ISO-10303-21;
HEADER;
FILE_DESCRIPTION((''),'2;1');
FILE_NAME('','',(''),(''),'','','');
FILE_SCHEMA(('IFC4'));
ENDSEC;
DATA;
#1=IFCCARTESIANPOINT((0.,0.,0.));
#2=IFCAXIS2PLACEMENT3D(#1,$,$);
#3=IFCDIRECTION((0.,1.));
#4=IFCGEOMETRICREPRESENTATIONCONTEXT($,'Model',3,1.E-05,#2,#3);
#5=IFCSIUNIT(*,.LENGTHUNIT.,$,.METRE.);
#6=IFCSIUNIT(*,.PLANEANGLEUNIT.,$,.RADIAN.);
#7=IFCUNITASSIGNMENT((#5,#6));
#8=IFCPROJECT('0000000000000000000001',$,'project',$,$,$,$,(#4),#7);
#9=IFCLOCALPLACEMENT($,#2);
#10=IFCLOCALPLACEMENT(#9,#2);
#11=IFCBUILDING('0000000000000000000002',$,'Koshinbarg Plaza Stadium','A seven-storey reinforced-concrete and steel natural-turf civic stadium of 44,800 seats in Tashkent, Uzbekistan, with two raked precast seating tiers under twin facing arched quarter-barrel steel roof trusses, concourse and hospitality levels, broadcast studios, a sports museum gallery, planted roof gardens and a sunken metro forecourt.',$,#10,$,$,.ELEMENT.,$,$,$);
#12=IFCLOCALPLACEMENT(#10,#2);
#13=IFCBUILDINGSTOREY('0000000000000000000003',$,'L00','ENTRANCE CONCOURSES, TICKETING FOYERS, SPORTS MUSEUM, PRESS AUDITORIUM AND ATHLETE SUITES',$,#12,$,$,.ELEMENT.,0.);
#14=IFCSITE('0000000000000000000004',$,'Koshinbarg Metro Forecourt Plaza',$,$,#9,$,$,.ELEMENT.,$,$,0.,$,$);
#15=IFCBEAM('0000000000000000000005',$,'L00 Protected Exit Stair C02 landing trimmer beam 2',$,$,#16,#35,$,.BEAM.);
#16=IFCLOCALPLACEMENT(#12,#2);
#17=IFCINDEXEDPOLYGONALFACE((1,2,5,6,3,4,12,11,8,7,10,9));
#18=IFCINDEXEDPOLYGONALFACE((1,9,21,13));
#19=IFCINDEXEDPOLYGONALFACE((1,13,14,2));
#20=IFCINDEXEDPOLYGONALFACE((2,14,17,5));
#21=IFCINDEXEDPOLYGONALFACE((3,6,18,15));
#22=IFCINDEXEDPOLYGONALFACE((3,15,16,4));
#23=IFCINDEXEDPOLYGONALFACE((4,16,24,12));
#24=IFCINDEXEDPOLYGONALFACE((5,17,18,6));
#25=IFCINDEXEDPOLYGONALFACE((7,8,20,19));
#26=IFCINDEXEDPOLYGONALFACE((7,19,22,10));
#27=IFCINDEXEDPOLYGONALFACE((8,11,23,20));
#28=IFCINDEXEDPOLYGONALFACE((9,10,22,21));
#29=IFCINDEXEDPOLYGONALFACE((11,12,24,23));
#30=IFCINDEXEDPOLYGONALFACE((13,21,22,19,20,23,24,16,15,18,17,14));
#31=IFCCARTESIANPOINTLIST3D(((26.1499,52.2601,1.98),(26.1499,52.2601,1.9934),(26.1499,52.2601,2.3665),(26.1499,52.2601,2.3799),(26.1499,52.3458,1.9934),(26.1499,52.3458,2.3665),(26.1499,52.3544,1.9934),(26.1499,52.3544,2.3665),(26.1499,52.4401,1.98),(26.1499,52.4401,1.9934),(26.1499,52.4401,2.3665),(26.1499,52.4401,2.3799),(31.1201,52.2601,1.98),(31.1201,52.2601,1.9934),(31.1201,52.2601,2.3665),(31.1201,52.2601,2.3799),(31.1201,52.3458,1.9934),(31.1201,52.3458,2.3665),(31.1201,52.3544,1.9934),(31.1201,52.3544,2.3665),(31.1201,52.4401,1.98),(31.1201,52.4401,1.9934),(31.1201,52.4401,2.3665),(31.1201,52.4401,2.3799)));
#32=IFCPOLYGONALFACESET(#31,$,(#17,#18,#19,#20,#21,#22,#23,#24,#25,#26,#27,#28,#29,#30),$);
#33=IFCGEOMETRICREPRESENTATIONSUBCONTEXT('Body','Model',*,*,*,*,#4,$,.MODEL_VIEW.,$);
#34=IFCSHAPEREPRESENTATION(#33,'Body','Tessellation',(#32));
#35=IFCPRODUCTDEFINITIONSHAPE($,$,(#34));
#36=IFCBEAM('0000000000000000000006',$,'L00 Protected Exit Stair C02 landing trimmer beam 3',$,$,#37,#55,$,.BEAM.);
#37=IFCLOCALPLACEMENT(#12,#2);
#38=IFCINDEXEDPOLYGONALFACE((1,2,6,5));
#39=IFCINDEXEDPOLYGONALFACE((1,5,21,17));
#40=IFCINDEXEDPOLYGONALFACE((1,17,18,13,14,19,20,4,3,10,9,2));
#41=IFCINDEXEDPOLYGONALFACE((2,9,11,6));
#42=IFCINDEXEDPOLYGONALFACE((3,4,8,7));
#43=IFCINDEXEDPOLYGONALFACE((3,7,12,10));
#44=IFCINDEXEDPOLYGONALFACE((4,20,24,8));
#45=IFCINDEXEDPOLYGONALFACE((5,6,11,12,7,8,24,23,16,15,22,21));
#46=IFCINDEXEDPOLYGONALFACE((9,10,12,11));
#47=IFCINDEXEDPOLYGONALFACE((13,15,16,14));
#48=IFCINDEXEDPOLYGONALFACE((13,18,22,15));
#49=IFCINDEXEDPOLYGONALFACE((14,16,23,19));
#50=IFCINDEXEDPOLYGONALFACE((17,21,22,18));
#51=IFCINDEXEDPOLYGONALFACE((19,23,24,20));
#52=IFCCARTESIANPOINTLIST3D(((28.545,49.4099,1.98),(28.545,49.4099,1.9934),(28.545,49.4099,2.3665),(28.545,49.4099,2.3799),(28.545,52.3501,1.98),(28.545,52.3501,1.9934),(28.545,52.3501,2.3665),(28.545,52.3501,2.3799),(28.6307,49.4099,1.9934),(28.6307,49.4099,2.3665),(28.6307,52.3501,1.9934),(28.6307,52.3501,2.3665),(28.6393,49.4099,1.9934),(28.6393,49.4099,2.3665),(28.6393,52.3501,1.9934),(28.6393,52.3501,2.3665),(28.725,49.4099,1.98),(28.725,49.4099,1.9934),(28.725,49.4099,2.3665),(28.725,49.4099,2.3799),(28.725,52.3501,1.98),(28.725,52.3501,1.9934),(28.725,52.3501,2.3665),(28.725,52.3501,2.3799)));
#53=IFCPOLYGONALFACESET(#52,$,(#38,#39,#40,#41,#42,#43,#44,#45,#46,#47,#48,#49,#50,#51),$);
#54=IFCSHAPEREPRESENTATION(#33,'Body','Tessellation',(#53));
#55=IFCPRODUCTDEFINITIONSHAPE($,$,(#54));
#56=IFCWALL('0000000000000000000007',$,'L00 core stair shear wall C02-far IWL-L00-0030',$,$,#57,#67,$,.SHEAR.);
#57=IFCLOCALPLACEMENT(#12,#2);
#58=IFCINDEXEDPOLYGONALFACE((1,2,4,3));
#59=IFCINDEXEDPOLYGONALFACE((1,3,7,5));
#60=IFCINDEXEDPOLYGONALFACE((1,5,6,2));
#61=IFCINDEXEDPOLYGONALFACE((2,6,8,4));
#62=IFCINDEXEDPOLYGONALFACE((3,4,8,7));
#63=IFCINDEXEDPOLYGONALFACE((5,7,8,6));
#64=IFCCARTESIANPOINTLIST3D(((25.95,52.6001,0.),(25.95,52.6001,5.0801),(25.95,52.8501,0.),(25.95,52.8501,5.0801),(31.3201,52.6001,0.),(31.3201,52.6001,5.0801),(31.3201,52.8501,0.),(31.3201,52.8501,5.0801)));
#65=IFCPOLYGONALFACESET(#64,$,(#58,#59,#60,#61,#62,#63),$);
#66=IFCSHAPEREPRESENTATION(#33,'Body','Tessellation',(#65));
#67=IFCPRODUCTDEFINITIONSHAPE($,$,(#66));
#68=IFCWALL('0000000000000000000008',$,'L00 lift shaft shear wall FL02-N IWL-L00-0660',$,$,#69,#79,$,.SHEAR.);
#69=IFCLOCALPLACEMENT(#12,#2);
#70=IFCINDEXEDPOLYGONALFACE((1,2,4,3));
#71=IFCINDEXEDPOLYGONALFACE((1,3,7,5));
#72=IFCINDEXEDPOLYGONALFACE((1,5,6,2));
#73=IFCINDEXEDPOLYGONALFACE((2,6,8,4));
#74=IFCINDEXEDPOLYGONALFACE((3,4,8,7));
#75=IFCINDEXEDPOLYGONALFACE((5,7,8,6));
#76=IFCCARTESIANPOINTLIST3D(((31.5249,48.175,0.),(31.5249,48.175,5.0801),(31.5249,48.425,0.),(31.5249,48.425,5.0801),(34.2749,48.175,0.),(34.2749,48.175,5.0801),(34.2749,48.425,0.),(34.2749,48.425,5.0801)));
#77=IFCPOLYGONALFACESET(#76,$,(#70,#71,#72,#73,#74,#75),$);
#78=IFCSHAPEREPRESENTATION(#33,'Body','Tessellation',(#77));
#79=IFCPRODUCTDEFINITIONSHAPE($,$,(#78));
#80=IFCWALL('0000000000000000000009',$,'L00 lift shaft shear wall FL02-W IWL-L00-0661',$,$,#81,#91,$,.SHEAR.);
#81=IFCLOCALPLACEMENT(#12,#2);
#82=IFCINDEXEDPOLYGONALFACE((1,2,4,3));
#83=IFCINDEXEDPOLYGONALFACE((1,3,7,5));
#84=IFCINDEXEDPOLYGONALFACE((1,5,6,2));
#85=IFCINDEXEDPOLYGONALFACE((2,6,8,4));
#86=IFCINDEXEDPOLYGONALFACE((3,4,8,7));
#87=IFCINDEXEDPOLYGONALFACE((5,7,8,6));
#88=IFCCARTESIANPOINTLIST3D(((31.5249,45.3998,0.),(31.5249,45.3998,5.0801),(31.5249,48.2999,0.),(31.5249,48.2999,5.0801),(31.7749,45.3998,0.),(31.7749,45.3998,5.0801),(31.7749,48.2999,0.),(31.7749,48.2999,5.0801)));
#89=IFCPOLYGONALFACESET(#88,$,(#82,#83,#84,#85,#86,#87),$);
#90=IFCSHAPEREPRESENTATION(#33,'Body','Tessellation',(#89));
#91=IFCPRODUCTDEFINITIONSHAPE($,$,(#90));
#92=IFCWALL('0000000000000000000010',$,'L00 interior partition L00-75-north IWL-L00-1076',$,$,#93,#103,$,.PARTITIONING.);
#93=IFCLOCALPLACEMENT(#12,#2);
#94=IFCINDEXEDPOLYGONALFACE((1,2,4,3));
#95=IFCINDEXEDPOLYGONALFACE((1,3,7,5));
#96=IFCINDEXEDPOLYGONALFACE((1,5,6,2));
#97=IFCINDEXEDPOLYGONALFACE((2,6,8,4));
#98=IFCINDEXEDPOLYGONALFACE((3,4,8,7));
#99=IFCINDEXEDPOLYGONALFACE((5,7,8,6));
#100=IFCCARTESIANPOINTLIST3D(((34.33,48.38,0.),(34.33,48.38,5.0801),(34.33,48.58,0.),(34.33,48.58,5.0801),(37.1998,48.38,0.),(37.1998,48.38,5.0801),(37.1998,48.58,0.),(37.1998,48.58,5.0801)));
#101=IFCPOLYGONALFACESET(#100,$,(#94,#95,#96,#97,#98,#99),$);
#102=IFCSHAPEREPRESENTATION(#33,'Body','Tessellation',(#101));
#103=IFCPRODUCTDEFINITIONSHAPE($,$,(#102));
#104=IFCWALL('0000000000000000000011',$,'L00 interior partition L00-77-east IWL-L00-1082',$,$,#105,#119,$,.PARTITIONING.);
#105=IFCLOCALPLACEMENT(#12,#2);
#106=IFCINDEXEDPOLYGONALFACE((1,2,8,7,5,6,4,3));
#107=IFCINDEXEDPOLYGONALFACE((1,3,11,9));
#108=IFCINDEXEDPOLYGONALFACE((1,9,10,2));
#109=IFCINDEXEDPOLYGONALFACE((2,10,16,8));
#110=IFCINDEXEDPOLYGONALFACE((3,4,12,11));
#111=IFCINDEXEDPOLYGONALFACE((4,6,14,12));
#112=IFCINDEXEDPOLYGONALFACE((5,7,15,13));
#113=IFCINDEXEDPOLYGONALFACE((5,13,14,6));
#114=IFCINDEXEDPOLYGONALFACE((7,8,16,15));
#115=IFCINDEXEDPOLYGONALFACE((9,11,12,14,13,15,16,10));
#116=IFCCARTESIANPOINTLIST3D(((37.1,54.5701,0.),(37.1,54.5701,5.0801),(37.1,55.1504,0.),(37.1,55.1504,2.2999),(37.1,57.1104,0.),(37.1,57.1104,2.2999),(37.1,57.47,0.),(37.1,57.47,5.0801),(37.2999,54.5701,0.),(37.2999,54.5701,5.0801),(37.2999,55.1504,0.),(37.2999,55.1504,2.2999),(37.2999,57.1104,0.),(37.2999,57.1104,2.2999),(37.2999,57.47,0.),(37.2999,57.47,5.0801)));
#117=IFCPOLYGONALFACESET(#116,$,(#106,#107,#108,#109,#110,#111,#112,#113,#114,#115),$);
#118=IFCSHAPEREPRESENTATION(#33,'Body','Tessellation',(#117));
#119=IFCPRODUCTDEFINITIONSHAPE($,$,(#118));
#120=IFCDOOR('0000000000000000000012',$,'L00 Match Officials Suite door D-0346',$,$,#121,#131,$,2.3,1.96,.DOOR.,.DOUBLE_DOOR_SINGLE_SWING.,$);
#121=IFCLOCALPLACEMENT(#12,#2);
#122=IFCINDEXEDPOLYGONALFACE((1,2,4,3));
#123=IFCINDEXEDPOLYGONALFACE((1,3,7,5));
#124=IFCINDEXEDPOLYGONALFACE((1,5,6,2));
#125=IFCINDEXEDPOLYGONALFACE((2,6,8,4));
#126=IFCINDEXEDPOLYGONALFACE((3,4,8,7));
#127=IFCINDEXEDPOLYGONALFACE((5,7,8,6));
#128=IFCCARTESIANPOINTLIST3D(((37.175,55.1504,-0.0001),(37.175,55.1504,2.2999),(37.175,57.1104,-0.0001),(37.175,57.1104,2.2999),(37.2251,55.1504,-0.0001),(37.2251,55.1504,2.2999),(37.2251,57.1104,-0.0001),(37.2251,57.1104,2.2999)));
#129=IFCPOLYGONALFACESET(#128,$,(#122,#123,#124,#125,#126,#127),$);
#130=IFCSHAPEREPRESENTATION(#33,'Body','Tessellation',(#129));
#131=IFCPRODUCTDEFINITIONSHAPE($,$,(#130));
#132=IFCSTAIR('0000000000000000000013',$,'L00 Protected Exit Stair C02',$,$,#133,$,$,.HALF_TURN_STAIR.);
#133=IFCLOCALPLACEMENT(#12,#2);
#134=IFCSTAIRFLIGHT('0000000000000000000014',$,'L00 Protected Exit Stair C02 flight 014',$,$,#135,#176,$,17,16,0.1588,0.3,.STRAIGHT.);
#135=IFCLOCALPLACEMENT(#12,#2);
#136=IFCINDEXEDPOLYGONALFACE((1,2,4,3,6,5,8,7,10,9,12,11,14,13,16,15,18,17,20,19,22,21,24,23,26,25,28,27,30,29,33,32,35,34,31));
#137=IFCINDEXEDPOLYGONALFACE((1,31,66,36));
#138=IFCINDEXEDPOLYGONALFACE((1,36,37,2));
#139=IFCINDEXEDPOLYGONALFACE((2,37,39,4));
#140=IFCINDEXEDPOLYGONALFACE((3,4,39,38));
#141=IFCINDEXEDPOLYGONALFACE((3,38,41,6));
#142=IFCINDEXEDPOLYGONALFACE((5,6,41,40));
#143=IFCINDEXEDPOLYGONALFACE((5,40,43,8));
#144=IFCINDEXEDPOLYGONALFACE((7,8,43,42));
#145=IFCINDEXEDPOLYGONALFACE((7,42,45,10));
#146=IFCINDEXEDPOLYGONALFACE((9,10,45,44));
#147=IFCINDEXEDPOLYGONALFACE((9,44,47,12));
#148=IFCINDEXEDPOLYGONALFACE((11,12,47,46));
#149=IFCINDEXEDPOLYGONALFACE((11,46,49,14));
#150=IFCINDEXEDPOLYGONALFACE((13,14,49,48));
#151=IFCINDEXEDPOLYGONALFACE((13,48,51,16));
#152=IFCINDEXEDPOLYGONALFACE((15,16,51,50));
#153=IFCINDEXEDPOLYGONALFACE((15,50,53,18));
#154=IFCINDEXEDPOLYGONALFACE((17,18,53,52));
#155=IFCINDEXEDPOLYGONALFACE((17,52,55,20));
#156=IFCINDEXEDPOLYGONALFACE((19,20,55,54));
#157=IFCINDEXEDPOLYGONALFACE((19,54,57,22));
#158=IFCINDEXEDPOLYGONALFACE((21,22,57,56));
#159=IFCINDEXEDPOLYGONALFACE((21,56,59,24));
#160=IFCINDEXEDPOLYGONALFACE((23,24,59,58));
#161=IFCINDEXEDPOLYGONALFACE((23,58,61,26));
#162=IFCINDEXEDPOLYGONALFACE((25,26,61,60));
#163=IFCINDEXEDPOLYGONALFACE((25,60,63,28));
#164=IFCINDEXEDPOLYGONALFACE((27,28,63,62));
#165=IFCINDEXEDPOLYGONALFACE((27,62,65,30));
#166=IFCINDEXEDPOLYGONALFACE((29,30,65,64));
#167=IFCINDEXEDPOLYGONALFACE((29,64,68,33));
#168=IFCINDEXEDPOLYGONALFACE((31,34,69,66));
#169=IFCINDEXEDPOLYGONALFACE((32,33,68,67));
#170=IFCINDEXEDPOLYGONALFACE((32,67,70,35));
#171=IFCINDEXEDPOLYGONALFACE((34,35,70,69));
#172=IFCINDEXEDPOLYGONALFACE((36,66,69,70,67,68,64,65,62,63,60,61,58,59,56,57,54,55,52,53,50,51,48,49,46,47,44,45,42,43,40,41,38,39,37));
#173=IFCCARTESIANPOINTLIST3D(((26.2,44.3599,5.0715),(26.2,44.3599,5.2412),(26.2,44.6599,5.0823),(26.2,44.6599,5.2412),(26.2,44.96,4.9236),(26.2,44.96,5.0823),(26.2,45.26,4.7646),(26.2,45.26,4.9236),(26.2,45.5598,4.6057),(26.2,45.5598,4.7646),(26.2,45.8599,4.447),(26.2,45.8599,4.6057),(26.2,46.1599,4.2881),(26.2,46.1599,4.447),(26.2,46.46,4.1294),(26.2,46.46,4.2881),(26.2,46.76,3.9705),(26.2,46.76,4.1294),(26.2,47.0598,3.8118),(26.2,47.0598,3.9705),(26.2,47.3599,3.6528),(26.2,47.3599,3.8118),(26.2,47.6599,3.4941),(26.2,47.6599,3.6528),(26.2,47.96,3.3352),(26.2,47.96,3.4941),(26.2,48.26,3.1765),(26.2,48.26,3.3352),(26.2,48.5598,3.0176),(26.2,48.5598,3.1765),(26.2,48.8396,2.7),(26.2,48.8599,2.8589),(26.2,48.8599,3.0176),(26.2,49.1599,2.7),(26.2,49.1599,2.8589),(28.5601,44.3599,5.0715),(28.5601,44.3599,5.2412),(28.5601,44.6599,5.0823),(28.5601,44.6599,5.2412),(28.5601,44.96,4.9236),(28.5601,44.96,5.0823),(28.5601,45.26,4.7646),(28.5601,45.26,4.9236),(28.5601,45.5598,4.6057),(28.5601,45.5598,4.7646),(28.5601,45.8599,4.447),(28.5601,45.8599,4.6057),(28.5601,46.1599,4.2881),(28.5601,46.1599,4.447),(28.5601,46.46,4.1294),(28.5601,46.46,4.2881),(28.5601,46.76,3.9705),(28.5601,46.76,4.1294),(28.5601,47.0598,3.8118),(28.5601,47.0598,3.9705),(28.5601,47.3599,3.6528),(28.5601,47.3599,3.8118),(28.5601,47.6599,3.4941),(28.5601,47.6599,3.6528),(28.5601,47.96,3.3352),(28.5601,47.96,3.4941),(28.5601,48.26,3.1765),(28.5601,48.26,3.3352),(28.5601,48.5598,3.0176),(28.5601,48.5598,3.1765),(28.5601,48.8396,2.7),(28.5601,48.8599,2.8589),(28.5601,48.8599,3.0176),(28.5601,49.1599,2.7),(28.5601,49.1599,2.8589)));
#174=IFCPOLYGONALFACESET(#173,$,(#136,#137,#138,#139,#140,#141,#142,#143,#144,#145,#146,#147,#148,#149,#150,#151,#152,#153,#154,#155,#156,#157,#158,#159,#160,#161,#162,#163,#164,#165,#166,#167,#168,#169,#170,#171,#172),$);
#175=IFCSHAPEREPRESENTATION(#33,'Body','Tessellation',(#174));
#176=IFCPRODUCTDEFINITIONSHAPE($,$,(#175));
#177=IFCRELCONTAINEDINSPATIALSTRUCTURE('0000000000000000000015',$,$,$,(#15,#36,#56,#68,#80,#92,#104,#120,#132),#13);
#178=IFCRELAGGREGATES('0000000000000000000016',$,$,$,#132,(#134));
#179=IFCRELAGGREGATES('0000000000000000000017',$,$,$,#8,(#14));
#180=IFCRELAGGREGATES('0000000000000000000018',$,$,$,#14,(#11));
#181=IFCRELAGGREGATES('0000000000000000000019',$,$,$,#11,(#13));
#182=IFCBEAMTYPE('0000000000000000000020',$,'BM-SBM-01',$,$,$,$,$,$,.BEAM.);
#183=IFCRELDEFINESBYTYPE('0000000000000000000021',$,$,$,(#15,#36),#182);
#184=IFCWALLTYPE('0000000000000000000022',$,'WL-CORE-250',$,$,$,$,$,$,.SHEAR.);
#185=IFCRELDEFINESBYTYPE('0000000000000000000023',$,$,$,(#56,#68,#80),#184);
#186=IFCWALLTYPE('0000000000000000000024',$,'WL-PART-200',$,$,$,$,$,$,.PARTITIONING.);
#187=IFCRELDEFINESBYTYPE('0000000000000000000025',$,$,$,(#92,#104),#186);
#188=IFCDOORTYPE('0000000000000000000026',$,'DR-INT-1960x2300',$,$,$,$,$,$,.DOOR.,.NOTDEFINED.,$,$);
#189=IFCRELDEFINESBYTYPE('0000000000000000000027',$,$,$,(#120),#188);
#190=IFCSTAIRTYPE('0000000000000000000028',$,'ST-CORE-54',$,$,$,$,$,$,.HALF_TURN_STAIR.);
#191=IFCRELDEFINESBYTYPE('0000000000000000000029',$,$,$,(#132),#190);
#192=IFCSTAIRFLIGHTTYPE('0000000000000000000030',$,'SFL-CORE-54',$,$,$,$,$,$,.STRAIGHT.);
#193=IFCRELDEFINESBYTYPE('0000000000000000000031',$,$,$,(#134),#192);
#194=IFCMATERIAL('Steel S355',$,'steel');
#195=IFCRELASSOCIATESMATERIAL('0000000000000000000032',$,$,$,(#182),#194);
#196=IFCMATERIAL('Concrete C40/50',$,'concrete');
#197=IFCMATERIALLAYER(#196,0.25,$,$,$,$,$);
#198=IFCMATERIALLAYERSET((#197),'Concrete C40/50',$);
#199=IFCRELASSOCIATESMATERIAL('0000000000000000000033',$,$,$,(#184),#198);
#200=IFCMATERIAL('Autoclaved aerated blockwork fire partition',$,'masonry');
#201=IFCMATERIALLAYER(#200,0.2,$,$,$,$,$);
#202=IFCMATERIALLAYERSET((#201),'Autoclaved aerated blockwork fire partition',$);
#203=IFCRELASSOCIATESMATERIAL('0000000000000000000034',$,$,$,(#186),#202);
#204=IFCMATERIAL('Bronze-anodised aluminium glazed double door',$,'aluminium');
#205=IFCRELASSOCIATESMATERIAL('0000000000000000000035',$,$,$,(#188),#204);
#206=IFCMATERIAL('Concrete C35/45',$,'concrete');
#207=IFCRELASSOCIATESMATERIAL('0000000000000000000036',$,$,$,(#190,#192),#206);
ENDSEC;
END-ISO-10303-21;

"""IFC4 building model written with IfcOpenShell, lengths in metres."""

from ifc_helpers import new_model, si_unit, direction, frame, frame_2d, origin, origin_2d, place, context, subcontext, project, spatial, polyline, rectangle, i_section, outline, extrude, material, layer, layer_set, material_profile, profile_set, type_object, element, fill, aggregate, save


model = new_model("IFC4")

# Units and contexts
model_context = context("Model", 3, precision=1e-05, world=origin(), true_north=direction((0.0, 1.0)))
body_context = subcontext(model_context, "Body", "Model", "MODEL_VIEW")
ifc_project = project(units=[si_unit("LENGTHUNIT", "METRE"), si_unit("PLANEANGLEUNIT", "RADIAN")], contexts=[model_context])

# Site, building, storey
site_placement = place(None, origin())
site = spatial("IfcSite", under=ifc_project, at=site_placement, Name="Koshinbarg Metro Forecourt Plaza", CompositionType="ELEMENT", RefElevation=0.0)
building_placement = place(site_placement, origin())
building = spatial("IfcBuilding", under=site, at=building_placement, Name="Koshinbarg Plaza Stadium", Description="A seven-storey reinforced-concrete and steel natural-turf civic stadium of 44,800 seats in Tashkent, Uzbekistan, with two raked precast seating tiers under twin facing arched quarter-barrel steel roof trusses, concourse and hospitality levels, broadcast studios, a sports museum gallery, planted roof gardens and a sunken metro forecourt.", CompositionType="ELEMENT")
storey_placement = place(building_placement, origin())
storey = spatial("IfcBuildingStorey", under=building, at=storey_placement, Name="L00", Description="ENTRANCE CONCOURSES, TICKETING FOYERS, SPORTS MUSEUM, PRESS AUDITORIUM AND ATHLETE SUITES", CompositionType="ELEMENT", Elevation=0.0)

# Shared definitions
ifc_material_1 = material(Name="Concrete C35/45", Category="concrete")

# Shared definitions
ifc_material_2 = material(Name="Concrete C40/50", Category="concrete")

# Beams
ifc_material_3 = material(Name="Steel S355", Category="steel")
ifc_material_profile_1 = material_profile(ifc_material_3, i_section(OverallWidth=0.1799, OverallDepth=0.3999, WebThickness=0.0085, FlangeThickness=0.0134, at=origin_2d()), Name="IPE 400")
ifc_profile_set_1 = profile_set([ifc_material_profile_1], Name="Steel S355")
beam_type = type_object("IfcBeamType", Name="BM-SBM-01", PredefinedType="BEAM", material=ifc_profile_set_1)
for number, where, z_axis, x_axis, name in (
    (1, (26.1499, 52.3501, 2.1799), (1.0, 0.0, 0.0), (0.0, 1.0, 0.0), "L00 Protected Exit Stair C02 landing trimmer beam 2"),
):
    element("IfcBeam", number, at=place(storey_placement, frame(where, z_axis=z_axis, x_axis=x_axis)), inside=storey, type_object=beam_type, Name=name, PredefinedType="BEAM", context=body_context, shape_type="SweptSolid", body=[
        extrude(i_section(OverallWidth=0.1799, OverallDepth=0.3999, WebThickness=0.0085, FlangeThickness=0.0134, at=origin_2d()), origin(), (0.0, 0.0, 1.0), 4.9702),
    ])
beam_placement = place(storey_placement, frame((28.635, 49.4099, 2.1799), z_axis=(0.0, 1.0, 0.0), x_axis=(-1.0, 0.0, 0.0)))
element("IfcBeam", 2, at=beam_placement, inside=storey, type_object=beam_type, Name="L00 Protected Exit Stair C02 landing trimmer beam 3", PredefinedType="BEAM", context=body_context, shape_type="SweptSolid", body=[
    extrude(i_section(OverallWidth=0.1799, OverallDepth=0.3999, WebThickness=0.0085, FlangeThickness=0.0134, at=origin_2d()), origin(), (0.0, 0.0, 1.0), 2.9402),
])

# Walls
ifc_layer_1 = layer(ifc_material_2, 0.25)
ifc_layer_set_1 = layer_set([ifc_layer_1], Name="Concrete C40/50")
wall_type_1 = type_object("IfcWallType", Name="WL-CORE-250", PredefinedType="SHEAR", material=ifc_layer_set_1)
wall_1_placement = place(storey_placement, frame((31.3201, 52.7251, 0.0), z_axis=(0.0, 0.0, 1.0), x_axis=(-1.0, 0.0, 0.0)))
element("IfcWall", 3, at=wall_1_placement, inside=storey, type_object=wall_type_1, Name="L00 core stair shear wall C02-far IWL-L00-0030", PredefinedType="SHEAR", context=body_context, shape_type="SweptSolid", body=[
    extrude(rectangle(XDim=5.3701, YDim=0.25, at=frame_2d((2.6851, 0.0))), origin(), (0.0, 0.0, 1.0), 5.0801),
])
wall_2_placement = place(storey_placement, frame((34.2749, 48.3, 0.0), z_axis=(0.0, 0.0, 1.0), x_axis=(-1.0, 0.0, 0.0)))
element("IfcWall", 4, at=wall_2_placement, inside=storey, type_object=wall_type_1, Name="L00 lift shaft shear wall FL02-N IWL-L00-0660", PredefinedType="SHEAR", context=body_context, shape_type="SweptSolid", body=[
    extrude(rectangle(XDim=2.75, YDim=0.25, at=frame_2d((1.375, 0.0))), origin(), (0.0, 0.0, 1.0), 5.0801),
])
wall_3_placement = place(storey_placement, frame((31.6499, 48.3, 0.0), z_axis=(0.0, 0.0, 1.0), x_axis=(0.0, -1.0, 0.0)))
element("IfcWall", 5, at=wall_3_placement, inside=storey, type_object=wall_type_1, Name="L00 lift shaft shear wall FL02-W IWL-L00-0661", PredefinedType="SHEAR", context=body_context, shape_type="SweptSolid", body=[
    extrude(rectangle(XDim=2.9001, YDim=0.25, at=frame_2d((1.4502, 0.0))), origin(), (0.0, 0.0, 1.0), 5.0801),
])
ifc_material_4 = material(Name="Autoclaved aerated blockwork fire partition", Category="masonry")
ifc_layer_2 = layer(ifc_material_4, 0.2)
ifc_layer_set_2 = layer_set([ifc_layer_2], Name="Autoclaved aerated blockwork fire partition")
wall_type_2 = type_object("IfcWallType", Name="WL-PART-200", PredefinedType="PARTITIONING", material=ifc_layer_set_2)
wall_4_placement = place(storey_placement, frame((37.2, 48.48, 0.0), z_axis=(0.0, 0.0, 1.0), x_axis=(-1.0, 0.0, 0.0)))
element("IfcWall", 6, at=wall_4_placement, inside=storey, type_object=wall_type_2, Name="L00 interior partition L00-75-north IWL-L00-1076", PredefinedType="PARTITIONING", context=body_context, shape_type="SweptSolid", body=[
    extrude(rectangle(XDim=2.8699, YDim=0.2, at=frame_2d((1.4351, 0.0))), origin(), (0.0, 0.0, 1.0), 5.0801),
])

# Wall, opening, door
wall_5_placement = place(storey_placement, frame((37.2, 54.5701, 0.0), z_axis=(0.0, 0.0, 1.0), x_axis=(0.0, 1.0, 0.0)))
wall_5 = element("IfcWall", 7, at=wall_5_placement, inside=storey, type_object=wall_type_2, Name="L00 interior partition L00-77-east IWL-L00-1082", PredefinedType="PARTITIONING", context=body_context, shape_type="SweptSolid", body=[
    extrude(rectangle(XDim=2.8999, YDim=0.2, at=frame_2d((1.45, 0.0))), origin(), (0.0, 0.0, 1.0), 5.0801),
])
opening_placement = place(wall_5_placement, frame((0.5803, 0.0, 0.0)))
opening = element("IfcOpeningElement", 8, at=opening_placement, cuts=wall_5, PredefinedType="OPENING", context=body_context, shape_type="SweptSolid", body=[
    extrude(rectangle(XDim=1.96, YDim=2.3, at=frame_2d((0.98, 1.1499))), frame((0.0, 0.1099, 0.0), z_axis=(0.0, -1.0, 0.0), x_axis=(1.0, 0.0, 0.0)), (0.0, 0.0, 1.0), 0.22),
])
ifc_material_5 = material(Name="Bronze-anodised aluminium glazed double door", Category="aluminium")
door_type = type_object("IfcDoorType", Name="DR-INT-1960x2300", OperationType="NOTDEFINED", PredefinedType="DOOR", material=ifc_material_5)
door_placement = place(opening_placement, origin())
door = element("IfcDoor", 9, at=door_placement, inside=storey, type_object=door_type, Name="L00 Match Officials Suite door D-0346", OperationType="DOUBLE_DOOR_SINGLE_SWING", OverallHeight=2.3, OverallWidth=1.96, PredefinedType="DOOR", context=body_context, shape_type="SweptSolid", body=[
    extrude(rectangle(XDim=1.96, YDim=2.3, at=frame_2d((0.98, 1.1499))), frame((0.0, 0.0249, 0.0), z_axis=(0.0, -1.0, 0.0), x_axis=(1.0, 0.0, 0.0)), (0.0, 0.0, 1.0), 0.05),
])
fill(opening, door)

# Stair, stair flight
stair_type = type_object("IfcStairType", Name="ST-CORE-54", PredefinedType="HALF_TURN_STAIR", material=ifc_material_1)
stair_placement = place(storey_placement, origin())
stair = element("IfcStair", 10, at=stair_placement, inside=storey, type_object=stair_type, Name="L00 Protected Exit Stair C02", PredefinedType="HALF_TURN_STAIR")
stair_flight_type = type_object("IfcStairFlightType", Name="SFL-CORE-54", PredefinedType="STRAIGHT", material=ifc_material_1)
stair_flight_placement = place(storey_placement, frame((27.3799, 49.1599, 2.7), z_axis=(0.0, 0.0, 1.0), x_axis=(0.0, -1.0, 0.0)))
stair_flight = element("IfcStairFlight", 11, at=stair_flight_placement, type_object=stair_flight_type, Name="L00 Protected Exit Stair C02 flight 014", NumberOfRisers=17, NumberOfTreads=16, PredefinedType="STRAIGHT", RiserHeight=0.1588, TreadLength=0.3, context=body_context, shape_type="SweptSolid", body=[
    extrude(outline(polyline([(0.0, 0.0), (0.0, 0.1589), (0.3, 0.1589), (0.3, 0.3176), (0.6001, 0.3176), (0.6001, 0.4766), (0.8999, 0.4766), (0.8999, 0.6353), (1.2, 0.6353), (1.2, 0.7942), (1.5, 0.7942), (1.5, 0.9529), (1.8, 0.9529), (1.8, 1.1118), (2.1001, 1.1118), (2.1001, 1.2705), (2.3999, 1.2705), (2.3999, 1.4294), (2.7, 1.4294), (2.7, 1.5881), (3.0, 1.5881), (3.0, 1.7471), (3.3, 1.7471), (3.3, 1.9058), (3.6001, 1.9058), (3.6001, 2.0647), (3.8999, 2.0647), (3.8999, 2.2236), (4.2, 2.2236), (4.2, 2.3823), (4.5, 2.3823), (4.5, 2.5413), (4.8, 2.5413), (4.8, 2.7), (4.8, 2.3716), (0.3203, 0.0), (0.0, 0.0)])), frame((0.0, 1.1802, 0.0), z_axis=(0.0, -1.0, 0.0), x_axis=(1.0, 0.0, 0.0)), (0.0, 0.0, 1.0), 2.3601),
])
aggregate(stair, [stair_flight])

save(model, "model.ifc")
